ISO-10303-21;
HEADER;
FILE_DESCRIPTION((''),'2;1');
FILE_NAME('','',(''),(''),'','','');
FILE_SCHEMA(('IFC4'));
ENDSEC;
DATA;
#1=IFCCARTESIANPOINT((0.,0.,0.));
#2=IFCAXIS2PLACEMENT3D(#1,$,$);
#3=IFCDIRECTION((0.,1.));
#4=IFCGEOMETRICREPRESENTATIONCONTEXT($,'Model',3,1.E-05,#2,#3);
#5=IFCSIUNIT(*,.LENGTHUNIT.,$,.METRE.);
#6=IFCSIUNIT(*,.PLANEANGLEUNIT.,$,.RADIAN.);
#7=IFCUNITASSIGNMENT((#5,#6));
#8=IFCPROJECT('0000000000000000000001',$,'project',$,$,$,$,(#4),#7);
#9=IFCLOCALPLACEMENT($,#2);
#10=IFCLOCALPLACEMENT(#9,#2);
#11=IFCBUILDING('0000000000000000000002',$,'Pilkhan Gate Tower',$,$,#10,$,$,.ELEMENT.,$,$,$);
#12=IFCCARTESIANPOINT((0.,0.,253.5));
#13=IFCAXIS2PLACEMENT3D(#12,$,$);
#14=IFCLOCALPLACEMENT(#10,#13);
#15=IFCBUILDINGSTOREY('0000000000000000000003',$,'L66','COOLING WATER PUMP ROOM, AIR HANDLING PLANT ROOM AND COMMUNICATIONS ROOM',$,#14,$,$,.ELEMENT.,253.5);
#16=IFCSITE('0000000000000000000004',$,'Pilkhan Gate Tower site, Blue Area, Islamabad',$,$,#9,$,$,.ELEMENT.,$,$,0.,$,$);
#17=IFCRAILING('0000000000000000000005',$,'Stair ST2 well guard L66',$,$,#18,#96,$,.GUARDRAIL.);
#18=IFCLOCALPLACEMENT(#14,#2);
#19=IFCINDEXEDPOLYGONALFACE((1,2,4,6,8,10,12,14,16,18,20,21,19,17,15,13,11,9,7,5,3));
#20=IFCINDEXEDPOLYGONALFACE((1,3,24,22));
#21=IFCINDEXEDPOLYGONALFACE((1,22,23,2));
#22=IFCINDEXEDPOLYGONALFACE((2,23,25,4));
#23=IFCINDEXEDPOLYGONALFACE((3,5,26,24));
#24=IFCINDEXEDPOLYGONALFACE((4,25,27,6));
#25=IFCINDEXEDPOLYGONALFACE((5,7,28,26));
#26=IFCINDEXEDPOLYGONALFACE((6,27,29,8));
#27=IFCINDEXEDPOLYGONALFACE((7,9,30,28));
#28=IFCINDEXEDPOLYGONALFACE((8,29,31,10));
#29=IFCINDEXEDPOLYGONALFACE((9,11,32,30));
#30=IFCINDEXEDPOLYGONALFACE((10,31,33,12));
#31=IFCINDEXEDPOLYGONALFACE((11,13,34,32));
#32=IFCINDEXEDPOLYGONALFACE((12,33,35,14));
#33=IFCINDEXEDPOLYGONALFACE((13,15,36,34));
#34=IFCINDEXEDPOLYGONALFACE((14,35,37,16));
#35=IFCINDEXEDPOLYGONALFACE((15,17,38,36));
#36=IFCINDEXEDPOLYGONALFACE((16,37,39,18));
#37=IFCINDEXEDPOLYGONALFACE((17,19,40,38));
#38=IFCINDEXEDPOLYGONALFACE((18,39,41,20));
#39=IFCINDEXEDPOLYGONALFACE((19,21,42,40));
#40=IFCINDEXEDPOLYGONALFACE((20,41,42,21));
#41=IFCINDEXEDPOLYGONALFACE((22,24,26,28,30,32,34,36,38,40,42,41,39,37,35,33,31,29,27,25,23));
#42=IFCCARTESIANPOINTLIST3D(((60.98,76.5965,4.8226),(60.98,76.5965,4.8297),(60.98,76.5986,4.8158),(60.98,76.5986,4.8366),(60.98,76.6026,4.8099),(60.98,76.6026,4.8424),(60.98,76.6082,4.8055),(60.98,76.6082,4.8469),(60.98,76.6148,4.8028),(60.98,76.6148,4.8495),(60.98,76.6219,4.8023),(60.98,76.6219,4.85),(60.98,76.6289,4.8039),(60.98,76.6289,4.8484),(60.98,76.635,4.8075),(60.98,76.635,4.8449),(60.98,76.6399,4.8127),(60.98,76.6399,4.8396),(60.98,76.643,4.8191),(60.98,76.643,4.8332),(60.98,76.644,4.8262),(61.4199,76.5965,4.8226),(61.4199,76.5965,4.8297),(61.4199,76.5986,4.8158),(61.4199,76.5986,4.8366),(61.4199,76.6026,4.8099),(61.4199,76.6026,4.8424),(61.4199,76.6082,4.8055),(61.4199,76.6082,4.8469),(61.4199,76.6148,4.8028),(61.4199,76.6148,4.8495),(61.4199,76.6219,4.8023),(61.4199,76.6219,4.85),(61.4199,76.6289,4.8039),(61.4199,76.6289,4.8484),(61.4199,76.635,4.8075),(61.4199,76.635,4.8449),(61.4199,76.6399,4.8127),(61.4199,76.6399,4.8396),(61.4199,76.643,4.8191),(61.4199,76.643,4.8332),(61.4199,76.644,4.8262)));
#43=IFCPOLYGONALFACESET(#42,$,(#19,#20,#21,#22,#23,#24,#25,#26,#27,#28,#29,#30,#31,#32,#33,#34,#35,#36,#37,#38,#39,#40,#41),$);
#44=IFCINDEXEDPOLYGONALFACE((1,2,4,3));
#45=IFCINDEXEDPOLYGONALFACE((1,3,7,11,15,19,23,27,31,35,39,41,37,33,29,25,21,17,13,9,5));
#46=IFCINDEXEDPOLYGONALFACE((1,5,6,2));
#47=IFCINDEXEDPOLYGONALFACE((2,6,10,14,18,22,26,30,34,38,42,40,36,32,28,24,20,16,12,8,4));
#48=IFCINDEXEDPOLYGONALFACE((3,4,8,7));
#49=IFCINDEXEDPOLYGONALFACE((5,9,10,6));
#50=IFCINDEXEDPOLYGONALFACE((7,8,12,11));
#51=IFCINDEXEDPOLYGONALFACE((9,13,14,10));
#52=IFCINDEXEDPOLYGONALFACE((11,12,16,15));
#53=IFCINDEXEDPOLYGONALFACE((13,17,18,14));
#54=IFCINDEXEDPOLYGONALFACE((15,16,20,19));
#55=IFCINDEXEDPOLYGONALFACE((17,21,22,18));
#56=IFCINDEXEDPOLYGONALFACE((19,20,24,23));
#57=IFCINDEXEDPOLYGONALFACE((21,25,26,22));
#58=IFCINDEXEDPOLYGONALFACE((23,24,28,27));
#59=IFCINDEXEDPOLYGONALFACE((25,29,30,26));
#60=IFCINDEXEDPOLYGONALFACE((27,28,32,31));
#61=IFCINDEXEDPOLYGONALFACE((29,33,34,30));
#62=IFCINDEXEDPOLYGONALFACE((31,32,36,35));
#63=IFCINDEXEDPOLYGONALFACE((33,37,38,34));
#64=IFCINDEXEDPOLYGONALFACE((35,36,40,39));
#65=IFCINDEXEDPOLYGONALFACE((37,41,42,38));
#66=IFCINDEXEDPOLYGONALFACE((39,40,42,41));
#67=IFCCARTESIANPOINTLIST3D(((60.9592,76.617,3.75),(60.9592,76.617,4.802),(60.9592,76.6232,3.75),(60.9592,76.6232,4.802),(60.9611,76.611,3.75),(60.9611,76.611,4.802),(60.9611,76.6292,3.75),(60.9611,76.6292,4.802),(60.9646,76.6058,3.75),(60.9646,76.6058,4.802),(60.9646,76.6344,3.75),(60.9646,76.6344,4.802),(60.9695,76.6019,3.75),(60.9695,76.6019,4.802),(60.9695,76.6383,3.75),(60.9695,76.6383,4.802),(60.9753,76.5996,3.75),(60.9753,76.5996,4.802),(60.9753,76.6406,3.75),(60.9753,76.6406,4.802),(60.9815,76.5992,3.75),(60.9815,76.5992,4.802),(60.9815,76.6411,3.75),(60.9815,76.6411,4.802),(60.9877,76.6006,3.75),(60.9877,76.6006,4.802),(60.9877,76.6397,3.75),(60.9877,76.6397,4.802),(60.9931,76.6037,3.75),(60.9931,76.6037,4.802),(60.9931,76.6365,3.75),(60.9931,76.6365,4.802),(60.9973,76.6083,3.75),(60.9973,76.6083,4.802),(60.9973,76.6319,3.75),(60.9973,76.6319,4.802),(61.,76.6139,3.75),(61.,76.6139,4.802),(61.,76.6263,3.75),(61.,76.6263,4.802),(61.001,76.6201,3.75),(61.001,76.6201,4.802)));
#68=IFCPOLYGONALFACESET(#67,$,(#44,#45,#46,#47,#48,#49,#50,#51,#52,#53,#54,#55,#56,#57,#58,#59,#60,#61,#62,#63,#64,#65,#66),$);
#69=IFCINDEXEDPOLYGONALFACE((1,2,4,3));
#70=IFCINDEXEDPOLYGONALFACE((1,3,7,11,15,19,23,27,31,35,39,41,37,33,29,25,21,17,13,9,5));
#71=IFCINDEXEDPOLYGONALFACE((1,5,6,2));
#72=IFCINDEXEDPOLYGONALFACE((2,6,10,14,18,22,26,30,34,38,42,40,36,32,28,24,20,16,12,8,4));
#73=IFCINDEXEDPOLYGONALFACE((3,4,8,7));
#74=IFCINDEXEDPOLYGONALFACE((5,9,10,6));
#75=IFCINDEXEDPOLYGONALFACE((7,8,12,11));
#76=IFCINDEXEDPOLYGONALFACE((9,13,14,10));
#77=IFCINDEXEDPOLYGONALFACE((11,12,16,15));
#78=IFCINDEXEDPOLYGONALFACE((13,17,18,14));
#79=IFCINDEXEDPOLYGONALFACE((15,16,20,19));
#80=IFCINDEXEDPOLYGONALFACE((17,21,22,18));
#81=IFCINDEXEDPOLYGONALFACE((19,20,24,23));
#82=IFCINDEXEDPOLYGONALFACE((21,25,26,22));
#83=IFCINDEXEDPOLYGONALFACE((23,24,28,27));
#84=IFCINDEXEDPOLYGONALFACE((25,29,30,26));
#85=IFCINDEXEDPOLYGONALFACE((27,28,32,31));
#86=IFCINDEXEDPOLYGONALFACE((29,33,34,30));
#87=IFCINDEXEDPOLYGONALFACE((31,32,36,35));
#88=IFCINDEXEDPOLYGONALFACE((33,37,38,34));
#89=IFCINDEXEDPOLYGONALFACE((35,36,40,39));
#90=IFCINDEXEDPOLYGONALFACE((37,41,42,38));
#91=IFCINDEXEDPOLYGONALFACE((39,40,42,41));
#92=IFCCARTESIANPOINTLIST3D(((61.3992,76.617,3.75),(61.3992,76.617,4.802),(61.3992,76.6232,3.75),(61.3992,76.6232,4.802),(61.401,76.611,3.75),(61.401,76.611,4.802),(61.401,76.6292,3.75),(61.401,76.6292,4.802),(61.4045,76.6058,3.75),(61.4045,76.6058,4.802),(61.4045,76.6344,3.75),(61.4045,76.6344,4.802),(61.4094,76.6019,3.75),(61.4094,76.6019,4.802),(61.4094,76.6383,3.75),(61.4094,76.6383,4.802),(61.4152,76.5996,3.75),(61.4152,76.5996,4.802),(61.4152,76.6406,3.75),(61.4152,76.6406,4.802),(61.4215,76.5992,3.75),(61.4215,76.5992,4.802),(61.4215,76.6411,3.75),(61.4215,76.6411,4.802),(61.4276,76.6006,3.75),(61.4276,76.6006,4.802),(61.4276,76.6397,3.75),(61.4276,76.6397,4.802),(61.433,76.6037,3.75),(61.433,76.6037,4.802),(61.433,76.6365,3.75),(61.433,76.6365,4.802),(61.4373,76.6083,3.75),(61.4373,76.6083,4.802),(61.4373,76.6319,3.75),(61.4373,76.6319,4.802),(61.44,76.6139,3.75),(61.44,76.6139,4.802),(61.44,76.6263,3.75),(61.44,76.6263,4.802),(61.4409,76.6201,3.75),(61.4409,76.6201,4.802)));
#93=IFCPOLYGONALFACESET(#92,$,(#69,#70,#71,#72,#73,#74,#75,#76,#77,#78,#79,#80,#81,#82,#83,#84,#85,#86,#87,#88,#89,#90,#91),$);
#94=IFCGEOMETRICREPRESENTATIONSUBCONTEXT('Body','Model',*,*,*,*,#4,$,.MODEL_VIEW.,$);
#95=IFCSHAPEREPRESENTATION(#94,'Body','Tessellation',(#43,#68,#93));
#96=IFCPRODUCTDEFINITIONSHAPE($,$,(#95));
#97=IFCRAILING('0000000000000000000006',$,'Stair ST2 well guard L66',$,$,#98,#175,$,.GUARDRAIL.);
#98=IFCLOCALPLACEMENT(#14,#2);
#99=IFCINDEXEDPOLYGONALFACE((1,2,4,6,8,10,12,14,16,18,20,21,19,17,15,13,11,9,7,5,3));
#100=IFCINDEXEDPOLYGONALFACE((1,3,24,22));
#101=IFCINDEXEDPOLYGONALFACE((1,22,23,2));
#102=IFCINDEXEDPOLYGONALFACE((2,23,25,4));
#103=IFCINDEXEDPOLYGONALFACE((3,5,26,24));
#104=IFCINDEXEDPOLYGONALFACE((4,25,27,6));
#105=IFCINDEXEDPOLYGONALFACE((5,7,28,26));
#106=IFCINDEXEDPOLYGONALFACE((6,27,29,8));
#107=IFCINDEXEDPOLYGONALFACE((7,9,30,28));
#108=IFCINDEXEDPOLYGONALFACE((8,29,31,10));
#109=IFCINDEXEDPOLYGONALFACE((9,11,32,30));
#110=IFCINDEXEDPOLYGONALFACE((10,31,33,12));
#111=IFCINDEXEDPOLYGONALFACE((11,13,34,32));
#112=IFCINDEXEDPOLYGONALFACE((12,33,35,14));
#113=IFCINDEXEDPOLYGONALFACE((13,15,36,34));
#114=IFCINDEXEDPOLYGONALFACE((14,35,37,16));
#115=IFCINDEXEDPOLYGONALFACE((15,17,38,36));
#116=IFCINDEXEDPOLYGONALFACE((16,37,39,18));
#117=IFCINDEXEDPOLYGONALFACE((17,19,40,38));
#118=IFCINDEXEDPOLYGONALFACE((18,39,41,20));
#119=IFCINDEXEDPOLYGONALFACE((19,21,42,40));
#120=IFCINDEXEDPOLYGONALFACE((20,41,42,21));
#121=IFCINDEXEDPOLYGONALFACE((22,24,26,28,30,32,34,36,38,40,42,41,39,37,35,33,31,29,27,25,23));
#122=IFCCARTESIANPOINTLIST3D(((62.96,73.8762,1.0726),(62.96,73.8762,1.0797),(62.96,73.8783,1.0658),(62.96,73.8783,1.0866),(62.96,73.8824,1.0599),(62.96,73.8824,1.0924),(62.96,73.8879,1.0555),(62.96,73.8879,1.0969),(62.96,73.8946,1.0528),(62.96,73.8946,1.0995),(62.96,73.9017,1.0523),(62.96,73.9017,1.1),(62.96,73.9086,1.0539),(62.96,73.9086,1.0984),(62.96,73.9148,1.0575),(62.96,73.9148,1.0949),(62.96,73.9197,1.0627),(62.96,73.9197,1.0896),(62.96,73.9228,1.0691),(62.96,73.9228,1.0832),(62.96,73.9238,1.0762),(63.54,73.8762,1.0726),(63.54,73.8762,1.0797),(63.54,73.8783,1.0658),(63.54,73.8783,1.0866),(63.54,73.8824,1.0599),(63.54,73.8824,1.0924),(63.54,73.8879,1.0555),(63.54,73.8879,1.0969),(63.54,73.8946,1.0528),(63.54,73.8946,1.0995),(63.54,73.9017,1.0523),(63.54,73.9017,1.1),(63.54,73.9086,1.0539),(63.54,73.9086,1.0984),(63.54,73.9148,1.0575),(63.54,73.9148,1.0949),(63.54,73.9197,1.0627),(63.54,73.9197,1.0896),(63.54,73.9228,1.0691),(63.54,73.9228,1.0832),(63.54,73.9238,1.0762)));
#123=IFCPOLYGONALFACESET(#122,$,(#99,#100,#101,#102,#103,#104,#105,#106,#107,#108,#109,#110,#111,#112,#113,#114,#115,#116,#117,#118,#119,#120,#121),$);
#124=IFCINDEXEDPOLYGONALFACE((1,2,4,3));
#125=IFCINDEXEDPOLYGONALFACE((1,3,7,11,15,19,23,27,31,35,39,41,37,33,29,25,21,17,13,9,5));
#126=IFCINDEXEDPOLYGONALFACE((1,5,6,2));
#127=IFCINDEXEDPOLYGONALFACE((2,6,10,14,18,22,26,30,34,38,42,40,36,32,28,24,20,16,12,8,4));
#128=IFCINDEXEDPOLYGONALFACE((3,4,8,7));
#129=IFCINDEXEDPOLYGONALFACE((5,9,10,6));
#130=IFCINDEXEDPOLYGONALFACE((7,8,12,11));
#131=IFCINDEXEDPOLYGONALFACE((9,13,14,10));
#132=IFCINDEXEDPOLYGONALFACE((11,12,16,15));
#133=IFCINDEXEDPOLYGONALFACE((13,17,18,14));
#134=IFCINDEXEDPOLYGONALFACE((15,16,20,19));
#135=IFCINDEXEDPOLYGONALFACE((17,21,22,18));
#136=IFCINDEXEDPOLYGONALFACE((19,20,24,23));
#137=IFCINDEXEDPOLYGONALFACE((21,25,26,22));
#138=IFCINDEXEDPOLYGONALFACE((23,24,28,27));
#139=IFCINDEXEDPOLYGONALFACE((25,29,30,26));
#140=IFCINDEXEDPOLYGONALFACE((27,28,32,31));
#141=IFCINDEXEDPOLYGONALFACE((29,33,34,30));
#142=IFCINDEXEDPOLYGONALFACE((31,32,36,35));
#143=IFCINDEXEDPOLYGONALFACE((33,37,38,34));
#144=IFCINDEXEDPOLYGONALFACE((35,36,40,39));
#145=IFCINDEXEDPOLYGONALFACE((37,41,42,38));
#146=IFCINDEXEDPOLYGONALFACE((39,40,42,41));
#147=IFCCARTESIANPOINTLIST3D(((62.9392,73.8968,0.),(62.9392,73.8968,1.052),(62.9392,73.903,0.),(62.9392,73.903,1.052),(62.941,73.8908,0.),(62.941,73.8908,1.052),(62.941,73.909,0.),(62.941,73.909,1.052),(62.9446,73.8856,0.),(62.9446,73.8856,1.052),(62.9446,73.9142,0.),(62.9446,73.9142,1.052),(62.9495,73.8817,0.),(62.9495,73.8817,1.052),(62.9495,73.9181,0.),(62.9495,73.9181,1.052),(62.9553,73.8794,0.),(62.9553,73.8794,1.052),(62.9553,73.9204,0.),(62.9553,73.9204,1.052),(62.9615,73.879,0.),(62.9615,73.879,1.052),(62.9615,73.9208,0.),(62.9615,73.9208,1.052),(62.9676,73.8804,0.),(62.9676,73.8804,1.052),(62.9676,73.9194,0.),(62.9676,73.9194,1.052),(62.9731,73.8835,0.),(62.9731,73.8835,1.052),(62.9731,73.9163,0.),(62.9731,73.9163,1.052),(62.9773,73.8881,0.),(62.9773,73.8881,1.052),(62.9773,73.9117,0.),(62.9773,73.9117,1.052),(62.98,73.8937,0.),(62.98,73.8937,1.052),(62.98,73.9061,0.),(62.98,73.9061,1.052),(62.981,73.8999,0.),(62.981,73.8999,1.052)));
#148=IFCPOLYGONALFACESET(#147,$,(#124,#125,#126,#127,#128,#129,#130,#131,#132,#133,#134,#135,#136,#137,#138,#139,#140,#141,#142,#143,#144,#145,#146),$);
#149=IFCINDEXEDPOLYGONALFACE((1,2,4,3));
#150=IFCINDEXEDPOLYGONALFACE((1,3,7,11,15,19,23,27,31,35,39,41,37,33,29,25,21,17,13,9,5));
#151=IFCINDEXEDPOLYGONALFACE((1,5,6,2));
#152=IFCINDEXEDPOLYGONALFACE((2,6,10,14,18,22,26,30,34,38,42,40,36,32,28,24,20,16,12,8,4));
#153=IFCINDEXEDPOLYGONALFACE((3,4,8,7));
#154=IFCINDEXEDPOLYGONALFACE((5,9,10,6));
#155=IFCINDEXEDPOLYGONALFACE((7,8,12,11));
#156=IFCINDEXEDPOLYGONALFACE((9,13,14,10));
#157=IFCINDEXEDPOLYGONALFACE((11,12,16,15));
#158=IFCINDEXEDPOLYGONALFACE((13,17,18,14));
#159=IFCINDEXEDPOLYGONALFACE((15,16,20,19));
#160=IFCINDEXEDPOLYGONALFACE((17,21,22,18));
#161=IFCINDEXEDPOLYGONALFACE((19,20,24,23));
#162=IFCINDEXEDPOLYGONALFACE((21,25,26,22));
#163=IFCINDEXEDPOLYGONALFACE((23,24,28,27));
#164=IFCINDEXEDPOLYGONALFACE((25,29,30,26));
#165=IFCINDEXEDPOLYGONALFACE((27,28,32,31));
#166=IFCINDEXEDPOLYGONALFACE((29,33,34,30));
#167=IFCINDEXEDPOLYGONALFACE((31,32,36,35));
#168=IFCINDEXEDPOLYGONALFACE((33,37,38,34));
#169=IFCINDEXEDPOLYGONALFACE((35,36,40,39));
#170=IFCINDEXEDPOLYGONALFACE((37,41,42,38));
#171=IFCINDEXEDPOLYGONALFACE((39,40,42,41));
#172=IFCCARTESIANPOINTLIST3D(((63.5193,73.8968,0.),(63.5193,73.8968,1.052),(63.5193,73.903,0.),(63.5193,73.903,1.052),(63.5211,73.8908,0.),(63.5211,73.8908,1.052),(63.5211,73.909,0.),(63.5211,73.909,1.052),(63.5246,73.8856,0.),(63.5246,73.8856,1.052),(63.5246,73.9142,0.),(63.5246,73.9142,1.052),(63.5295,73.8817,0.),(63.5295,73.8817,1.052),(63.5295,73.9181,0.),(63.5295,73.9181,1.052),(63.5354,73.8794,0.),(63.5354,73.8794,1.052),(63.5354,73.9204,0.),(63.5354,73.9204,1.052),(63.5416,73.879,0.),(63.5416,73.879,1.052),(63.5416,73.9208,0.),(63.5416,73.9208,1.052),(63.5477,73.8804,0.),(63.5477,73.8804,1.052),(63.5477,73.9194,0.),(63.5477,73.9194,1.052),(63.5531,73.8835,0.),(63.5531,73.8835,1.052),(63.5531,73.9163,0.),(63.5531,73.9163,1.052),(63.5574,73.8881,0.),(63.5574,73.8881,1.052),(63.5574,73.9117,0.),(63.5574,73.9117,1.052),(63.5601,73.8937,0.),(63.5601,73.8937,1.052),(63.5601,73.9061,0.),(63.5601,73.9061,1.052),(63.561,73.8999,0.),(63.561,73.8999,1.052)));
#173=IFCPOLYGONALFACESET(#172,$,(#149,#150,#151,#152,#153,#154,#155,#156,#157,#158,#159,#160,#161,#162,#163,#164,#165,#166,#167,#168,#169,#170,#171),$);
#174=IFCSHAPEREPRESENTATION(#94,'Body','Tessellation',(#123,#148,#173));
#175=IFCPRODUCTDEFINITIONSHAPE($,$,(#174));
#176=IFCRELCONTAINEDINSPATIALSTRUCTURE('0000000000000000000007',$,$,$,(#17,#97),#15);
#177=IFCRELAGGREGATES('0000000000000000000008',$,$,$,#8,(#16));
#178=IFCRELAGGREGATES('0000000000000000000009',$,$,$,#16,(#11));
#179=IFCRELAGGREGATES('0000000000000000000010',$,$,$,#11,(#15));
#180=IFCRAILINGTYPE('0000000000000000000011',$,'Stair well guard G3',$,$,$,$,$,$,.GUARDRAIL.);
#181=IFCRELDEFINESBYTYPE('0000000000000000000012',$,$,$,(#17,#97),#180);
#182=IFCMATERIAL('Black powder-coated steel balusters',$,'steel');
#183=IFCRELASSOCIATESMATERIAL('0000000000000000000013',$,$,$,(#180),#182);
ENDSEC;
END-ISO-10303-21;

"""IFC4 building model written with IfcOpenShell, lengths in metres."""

from ifc_helpers import new_model, si_unit, direction, frame, origin, origin_2d, place, context, subcontext, project, spatial, circle, extrude, material, type_object, element, save


model = new_model("IFC4")

# Units and contexts
model_context = context("Model", 3, precision=1e-05, world=origin(), true_north=direction((0.0, 1.0)))
body_context = subcontext(model_context, "Body", "Model", "MODEL_VIEW")
ifc_project = project(units=[si_unit("LENGTHUNIT", "METRE"), si_unit("PLANEANGLEUNIT", "RADIAN")], contexts=[model_context])

# Site, building, storey
site_placement = place(None, origin())
site = spatial("IfcSite", under=ifc_project, at=site_placement, Name="Pilkhan Gate Tower site, Blue Area, Islamabad", CompositionType="ELEMENT", RefElevation=0.0)
building_placement = place(site_placement, origin())
building = spatial("IfcBuilding", under=site, at=building_placement, Name="Pilkhan Gate Tower", CompositionType="ELEMENT")
storey_placement = place(building_placement, frame((0.0, 0.0, 253.5)))
storey = spatial("IfcBuildingStorey", under=building, at=storey_placement, Name="L66", Description="COOLING WATER PUMP ROOM, AIR HANDLING PLANT ROOM AND COMMUNICATIONS ROOM", CompositionType="ELEMENT", Elevation=253.5)

# Railings
ifc_material_1 = material(Name="Black powder-coated steel balusters", Category="steel")
railing_type_1 = type_object("IfcRailingType", Name="Stair well guard G3", PredefinedType="GUARDRAIL", material=ifc_material_1)
for number, where, name in (
    (1, (60.98, 76.6201, 3.75), "Stair ST2 well guard L66"),
):
    element("IfcRailing", number, at=place(storey_placement, frame(where)), inside=storey, type_object=railing_type_1, Name=name, PredefinedType="GUARDRAIL", context=body_context, shape_type="SweptSolid", body=[
        extrude(circle(Radius=0.0239, at=origin_2d()), frame((0.0, 0.0, 1.0762), z_axis=(1.0, 0.0, 0.0), x_axis=(0.0, 1.0, 0.0)), (0.0, 0.0, 1.0), 0.4399),
        extrude(circle(Radius=0.021, at=origin_2d()), origin(), (0.0, 0.0, 1.0), 1.052),
        extrude(circle(Radius=0.021, at=origin_2d()), frame((0.4399, 0.0, 0.0)), (0.0, 0.0, 1.0), 1.052),
    ])
for number, where, name in (
    (2, (62.96, 73.8999, 0.0), "Stair ST2 well guard L66"),
):
    element("IfcRailing", number, at=place(storey_placement, frame(where)), inside=storey, type_object=railing_type_1, Name=name, PredefinedType="GUARDRAIL", context=body_context, shape_type="SweptSolid", body=[
        extrude(circle(Radius=0.0239, at=origin_2d()), frame((0.0, 0.0, 1.0762), z_axis=(1.0, 0.0, 0.0), x_axis=(0.0, 1.0, 0.0)), (0.0, 0.0, 1.0), 0.5801),
        extrude(circle(Radius=0.021, at=origin_2d()), origin(), (0.0, 0.0, 1.0), 1.052),
        extrude(circle(Radius=0.021, at=origin_2d()), frame((0.5801, 0.0, 0.0)), (0.0, 0.0, 1.0), 1.052),
    ])

save(model, "model.ifc")
